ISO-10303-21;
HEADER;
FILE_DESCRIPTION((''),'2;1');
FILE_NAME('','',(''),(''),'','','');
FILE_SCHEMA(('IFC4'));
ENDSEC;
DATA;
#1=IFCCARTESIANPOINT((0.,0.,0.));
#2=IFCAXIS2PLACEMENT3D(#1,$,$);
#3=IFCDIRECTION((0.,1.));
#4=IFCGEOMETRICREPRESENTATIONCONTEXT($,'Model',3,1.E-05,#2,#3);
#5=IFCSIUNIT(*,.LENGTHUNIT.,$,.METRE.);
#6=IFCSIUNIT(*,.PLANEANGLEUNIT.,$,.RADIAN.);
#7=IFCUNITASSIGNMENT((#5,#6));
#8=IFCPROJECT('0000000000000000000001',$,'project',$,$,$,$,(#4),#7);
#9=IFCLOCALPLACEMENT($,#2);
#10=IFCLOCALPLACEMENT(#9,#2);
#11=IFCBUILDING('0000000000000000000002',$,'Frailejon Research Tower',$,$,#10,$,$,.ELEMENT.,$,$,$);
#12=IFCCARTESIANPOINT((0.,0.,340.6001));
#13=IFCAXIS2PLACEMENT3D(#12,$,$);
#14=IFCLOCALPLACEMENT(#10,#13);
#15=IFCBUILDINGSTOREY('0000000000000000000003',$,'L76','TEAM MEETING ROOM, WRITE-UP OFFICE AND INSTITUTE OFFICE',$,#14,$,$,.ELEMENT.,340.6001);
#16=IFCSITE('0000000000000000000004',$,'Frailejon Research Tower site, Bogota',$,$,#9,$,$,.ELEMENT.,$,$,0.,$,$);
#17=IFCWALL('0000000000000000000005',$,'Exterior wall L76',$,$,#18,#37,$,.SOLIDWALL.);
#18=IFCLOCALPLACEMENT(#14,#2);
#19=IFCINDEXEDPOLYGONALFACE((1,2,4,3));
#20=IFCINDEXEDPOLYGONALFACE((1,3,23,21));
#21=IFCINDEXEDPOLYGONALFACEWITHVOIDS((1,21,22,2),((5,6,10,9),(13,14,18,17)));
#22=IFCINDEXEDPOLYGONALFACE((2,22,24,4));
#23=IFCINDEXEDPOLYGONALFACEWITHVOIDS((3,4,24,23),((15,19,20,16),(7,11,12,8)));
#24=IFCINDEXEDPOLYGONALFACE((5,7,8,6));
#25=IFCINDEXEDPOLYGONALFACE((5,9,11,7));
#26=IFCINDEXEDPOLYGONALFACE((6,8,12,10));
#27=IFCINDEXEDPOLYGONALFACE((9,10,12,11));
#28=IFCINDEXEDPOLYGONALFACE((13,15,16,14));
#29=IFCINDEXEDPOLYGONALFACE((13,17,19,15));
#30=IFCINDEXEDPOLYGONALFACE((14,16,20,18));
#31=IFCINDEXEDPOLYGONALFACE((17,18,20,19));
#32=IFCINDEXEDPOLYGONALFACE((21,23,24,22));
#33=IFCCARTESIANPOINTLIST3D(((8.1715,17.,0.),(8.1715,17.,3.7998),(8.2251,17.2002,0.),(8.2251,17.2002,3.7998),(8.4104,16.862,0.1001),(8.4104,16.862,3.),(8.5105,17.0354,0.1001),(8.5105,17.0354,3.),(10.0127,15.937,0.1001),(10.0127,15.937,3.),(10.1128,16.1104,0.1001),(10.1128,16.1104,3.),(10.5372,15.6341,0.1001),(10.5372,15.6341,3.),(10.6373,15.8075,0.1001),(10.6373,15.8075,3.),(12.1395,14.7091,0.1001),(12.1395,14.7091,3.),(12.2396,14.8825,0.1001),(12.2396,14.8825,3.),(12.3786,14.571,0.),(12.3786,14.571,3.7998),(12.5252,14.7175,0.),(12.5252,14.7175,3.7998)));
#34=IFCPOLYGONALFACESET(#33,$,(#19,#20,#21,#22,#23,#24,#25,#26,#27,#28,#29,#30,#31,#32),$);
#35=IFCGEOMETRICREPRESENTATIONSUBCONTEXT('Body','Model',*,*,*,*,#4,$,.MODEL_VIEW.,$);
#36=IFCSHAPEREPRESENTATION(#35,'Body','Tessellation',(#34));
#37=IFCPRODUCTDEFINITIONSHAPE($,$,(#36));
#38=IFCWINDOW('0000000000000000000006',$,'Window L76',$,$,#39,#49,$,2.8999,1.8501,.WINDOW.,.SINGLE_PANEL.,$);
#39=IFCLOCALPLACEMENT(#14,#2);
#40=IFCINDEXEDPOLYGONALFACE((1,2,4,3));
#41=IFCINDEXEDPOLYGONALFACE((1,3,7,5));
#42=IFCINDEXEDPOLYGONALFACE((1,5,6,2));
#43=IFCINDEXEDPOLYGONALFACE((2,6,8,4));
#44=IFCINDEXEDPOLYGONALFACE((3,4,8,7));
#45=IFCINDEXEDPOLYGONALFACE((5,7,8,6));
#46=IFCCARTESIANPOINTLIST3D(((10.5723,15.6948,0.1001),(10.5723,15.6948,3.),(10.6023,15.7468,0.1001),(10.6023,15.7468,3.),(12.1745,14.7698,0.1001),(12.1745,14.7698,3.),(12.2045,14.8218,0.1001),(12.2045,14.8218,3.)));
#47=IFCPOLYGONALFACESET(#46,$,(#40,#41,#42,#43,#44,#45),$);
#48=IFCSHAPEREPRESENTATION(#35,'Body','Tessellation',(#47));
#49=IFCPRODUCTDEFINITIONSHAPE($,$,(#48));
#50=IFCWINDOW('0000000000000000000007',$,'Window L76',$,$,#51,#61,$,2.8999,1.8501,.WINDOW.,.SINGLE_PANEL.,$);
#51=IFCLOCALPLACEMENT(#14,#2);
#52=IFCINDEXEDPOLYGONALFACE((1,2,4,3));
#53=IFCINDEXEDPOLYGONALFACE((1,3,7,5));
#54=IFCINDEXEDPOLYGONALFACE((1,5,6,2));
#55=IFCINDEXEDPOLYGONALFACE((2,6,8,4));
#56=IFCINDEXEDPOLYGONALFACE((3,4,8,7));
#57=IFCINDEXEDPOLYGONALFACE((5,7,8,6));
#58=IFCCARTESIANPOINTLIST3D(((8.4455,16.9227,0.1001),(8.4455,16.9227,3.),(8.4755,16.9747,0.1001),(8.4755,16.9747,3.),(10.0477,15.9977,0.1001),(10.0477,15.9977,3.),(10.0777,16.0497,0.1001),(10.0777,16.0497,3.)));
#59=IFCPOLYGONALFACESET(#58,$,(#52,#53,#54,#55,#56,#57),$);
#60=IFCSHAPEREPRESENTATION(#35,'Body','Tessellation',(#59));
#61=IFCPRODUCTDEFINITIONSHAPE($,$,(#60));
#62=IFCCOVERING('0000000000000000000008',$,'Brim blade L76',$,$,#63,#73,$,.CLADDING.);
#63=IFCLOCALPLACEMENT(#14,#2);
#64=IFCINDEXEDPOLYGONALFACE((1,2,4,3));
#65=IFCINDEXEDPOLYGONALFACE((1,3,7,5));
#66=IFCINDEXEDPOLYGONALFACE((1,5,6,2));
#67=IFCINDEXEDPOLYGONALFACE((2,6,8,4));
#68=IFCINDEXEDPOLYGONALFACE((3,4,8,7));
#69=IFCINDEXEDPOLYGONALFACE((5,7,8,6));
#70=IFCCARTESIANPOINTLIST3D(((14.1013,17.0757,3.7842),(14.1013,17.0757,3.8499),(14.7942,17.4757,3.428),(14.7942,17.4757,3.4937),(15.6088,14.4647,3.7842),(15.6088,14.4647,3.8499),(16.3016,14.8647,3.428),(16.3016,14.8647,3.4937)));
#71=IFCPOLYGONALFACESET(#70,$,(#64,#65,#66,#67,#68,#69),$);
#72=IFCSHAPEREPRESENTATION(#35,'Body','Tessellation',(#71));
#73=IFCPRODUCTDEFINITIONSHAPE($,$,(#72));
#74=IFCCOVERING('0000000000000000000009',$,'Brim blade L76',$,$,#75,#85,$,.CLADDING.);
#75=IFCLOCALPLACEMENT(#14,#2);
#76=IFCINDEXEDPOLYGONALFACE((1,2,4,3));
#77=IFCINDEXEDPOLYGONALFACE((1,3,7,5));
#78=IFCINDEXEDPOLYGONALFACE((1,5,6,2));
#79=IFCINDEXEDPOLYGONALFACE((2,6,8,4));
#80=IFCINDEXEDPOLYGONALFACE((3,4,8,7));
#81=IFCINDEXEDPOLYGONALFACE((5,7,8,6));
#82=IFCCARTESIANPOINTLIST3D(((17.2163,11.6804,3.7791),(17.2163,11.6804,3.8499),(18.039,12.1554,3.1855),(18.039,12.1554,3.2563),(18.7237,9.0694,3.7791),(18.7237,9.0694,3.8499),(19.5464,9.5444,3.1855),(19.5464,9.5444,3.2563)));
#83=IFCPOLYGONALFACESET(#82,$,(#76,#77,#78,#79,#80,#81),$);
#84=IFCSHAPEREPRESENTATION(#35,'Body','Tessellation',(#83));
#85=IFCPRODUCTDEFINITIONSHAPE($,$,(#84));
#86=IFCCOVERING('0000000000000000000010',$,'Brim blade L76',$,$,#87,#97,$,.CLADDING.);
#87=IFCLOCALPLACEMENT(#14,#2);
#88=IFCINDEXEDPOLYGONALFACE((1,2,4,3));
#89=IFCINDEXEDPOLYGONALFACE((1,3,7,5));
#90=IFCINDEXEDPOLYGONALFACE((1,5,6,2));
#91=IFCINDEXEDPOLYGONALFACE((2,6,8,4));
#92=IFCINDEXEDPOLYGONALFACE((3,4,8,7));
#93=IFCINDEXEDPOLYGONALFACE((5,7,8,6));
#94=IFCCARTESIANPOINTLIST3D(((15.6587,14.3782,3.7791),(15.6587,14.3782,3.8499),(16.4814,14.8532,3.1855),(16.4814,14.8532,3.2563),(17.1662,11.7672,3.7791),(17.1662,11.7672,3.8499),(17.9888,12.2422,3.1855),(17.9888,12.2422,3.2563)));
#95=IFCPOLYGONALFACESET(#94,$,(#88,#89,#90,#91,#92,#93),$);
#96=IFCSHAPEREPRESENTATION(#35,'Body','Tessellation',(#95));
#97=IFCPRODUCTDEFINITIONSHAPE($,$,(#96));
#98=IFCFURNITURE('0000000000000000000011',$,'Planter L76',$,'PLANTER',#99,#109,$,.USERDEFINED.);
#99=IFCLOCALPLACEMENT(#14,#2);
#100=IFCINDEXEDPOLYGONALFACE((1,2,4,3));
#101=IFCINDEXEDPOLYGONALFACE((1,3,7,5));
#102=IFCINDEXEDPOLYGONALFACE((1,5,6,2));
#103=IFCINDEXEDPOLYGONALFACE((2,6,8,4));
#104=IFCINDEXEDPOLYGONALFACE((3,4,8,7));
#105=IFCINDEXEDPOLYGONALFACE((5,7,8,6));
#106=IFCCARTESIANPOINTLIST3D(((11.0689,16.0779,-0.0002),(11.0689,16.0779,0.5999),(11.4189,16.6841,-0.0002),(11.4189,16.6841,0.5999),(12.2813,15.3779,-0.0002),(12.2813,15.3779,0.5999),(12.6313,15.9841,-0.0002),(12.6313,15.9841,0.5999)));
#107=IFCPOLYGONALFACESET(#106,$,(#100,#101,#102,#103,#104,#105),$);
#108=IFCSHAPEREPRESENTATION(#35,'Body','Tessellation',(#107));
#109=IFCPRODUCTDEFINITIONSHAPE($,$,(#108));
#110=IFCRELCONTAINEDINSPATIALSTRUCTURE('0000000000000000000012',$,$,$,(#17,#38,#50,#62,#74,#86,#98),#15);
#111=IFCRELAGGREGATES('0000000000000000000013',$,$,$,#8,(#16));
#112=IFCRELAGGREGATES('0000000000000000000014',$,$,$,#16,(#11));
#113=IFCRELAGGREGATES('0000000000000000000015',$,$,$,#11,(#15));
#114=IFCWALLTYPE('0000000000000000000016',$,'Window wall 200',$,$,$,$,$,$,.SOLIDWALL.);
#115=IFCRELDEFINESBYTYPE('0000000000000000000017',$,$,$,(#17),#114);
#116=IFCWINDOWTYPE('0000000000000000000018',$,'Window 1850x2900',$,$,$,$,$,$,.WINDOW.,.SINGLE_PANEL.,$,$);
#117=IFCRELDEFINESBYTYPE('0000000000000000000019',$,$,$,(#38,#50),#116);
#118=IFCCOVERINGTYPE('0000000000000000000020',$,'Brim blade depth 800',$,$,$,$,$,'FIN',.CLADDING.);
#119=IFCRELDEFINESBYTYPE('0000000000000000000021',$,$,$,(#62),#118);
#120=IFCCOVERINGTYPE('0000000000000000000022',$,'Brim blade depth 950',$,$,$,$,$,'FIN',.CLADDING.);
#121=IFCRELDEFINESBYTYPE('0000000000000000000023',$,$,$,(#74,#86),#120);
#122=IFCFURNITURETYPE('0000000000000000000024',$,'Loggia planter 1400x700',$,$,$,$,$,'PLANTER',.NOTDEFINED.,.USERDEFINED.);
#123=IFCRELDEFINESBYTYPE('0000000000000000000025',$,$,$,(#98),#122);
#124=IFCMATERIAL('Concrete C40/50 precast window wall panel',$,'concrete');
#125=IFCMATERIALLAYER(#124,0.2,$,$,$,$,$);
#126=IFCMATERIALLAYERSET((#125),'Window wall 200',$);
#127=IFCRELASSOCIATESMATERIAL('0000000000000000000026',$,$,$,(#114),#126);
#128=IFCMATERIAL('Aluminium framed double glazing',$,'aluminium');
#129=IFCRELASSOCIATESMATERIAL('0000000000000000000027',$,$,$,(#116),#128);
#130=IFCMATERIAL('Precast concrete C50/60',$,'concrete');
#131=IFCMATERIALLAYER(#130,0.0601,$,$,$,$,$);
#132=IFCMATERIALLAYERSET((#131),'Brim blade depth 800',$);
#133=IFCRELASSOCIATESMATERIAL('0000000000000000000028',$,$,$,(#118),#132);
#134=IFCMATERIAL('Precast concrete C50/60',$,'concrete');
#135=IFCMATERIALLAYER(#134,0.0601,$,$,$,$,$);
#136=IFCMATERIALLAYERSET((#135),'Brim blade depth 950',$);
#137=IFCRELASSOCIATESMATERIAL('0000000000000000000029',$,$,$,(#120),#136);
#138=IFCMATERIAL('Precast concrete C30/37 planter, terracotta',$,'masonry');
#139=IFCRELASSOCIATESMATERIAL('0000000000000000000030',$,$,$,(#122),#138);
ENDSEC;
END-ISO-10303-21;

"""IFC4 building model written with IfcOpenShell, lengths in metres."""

from ifc_helpers import new_model, si_unit, direction, frame, frame_2d, origin, origin_2d, place, context, subcontext, project, spatial, polyline, rectangle, outline, extrude, material, layer, layer_set, type_object, element, fill, save


model = new_model("IFC4")

# Units and contexts
model_context = context("Model", 3, precision=1e-05, world=origin(), true_north=direction((0.0, 1.0)))
body_context = subcontext(model_context, "Body", "Model", "MODEL_VIEW")
ifc_project = project(units=[si_unit("LENGTHUNIT", "METRE"), si_unit("PLANEANGLEUNIT", "RADIAN")], contexts=[model_context])

# Site, building, storey
site_placement = place(None, origin())
site = spatial("IfcSite", under=ifc_project, at=site_placement, Name="Frailejon Research Tower site, Bogota", CompositionType="ELEMENT", RefElevation=0.0)
building_placement = place(site_placement, origin())
building = spatial("IfcBuilding", under=site, at=building_placement, Name="Frailejon Research Tower", CompositionType="ELEMENT")
storey_placement = place(building_placement, frame((0.0, 0.0, 340.6001)))
storey = spatial("IfcBuildingStorey", under=building, at=storey_placement, Name="L76", Description="TEAM MEETING ROOM, WRITE-UP OFFICE AND INSTITUTE OFFICE", CompositionType="ELEMENT", Elevation=340.6001)

# Wall, openings, windows
ifc_material_1 = material(Name="Concrete C40/50 precast window wall panel", Category="concrete")
ifc_layer_1 = layer(ifc_material_1, 0.2)
ifc_layer_set_1 = layer_set([ifc_layer_1], Name="Window wall 200")
wall_type = type_object("IfcWallType", Name="Window wall 200", PredefinedType="SOLIDWALL", material=ifc_layer_set_1)
wall_placement = place(storey_placement, frame((12.4519, 14.6443, 0.0), z_axis=(0.0, 0.0, 1.0), x_axis=(-0.866029, 0.499994, 0.0)))
wall = element("IfcWall", 1, at=wall_placement, inside=storey, type_object=wall_type, Name="Exterior wall L76", PredefinedType="SOLIDWALL", context=body_context, shape_type="SweptSolid", body=[
    extrude(outline(polyline([(-0.0269, -0.1001), (1.2144, -0.1001), (2.4558, -0.1001), (3.6973, -0.1001), (4.9385, -0.1001), (4.8848, 0.1001), (3.6704, 0.1001), (2.4558, 0.1001), (1.2412, 0.1001), (0.0269, 0.1001), (-0.0269, -0.1001)])), origin(), (0.0, 0.0, 1.0), 3.7998),
])
opening_1_placement = place(wall_placement, frame((0.303, 0.0, 0.1001)))
opening_1 = element("IfcOpeningElement", 2, at=opening_1_placement, cuts=wall, PredefinedType="OPENING", context=body_context, shape_type="SweptSolid", body=[
    extrude(rectangle(XDim=1.8501, YDim=2.8999, at=frame_2d((0.925, 1.45))), frame((0.0, 0.1099, 0.0), z_axis=(0.0, -1.0, 0.0), x_axis=(1.0, 0.0, 0.0)), (0.0, 0.0, 1.0), 0.22),
])
opening_2_placement = place(wall_placement, frame((2.7588, 0.0, 0.1001)))
opening_2 = element("IfcOpeningElement", 3, at=opening_2_placement, cuts=wall, PredefinedType="OPENING", context=body_context, shape_type="SweptSolid", body=[
    extrude(rectangle(XDim=1.8501, YDim=2.8999, at=frame_2d((0.925, 1.45))), frame((0.0, 0.1099, 0.0), z_axis=(0.0, -1.0, 0.0), x_axis=(1.0, 0.0, 0.0)), (0.0, 0.0, 1.0), 0.22),
])
ifc_material_2 = material(Name="Aluminium framed double glazing", Category="aluminium")
window_type = type_object("IfcWindowType", Name="Window 1850x2900", PartitioningType="SINGLE_PANEL", PredefinedType="WINDOW", material=ifc_material_2)
window_1_placement = place(opening_1_placement, origin())
window_1 = element("IfcWindow", 4, at=window_1_placement, inside=storey, type_object=window_type, Name="Window L76", OverallHeight=2.8999, OverallWidth=1.8501, PartitioningType="SINGLE_PANEL", PredefinedType="WINDOW", context=body_context, shape_type="SweptSolid", body=[
    extrude(rectangle(XDim=1.8501, YDim=2.8999, at=frame_2d((0.925, 1.45))), frame((0.0, 0.03, 0.0), z_axis=(0.0, -1.0, 0.0), x_axis=(1.0, 0.0, 0.0)), (0.0, 0.0, 1.0), 0.0601),
])
fill(opening_1, window_1)
window_2_placement = place(opening_2_placement, origin())
window_2 = element("IfcWindow", 5, at=window_2_placement, inside=storey, type_object=window_type, Name="Window L76", OverallHeight=2.8999, OverallWidth=1.8501, PartitioningType="SINGLE_PANEL", PredefinedType="WINDOW", context=body_context, shape_type="SweptSolid", body=[
    extrude(rectangle(XDim=1.8501, YDim=2.8999, at=frame_2d((0.925, 1.45))), frame((0.0, 0.03, 0.0), z_axis=(0.0, -1.0, 0.0), x_axis=(1.0, 0.0, 0.0)), (0.0, 0.0, 1.0), 0.0601),
])
fill(opening_2, window_2)

# Coverings
ifc_material_3 = material(Name="Precast concrete C50/60", Category="concrete")
ifc_layer_2 = layer(ifc_material_3, 0.0601)
ifc_layer_set_2 = layer_set([ifc_layer_2], Name="Brim blade depth 800")
covering_type_1 = type_object("IfcCoveringType", Name="Brim blade depth 800", ElementType="FIN", PredefinedType="CLADDING", material=ifc_layer_set_2)
covering_placement = place(storey_placement, frame((14.1013, 17.0757, 3.8499), z_axis=(0.499999, -0.866026, 0.0), x_axis=(0.866026, 0.499999, 0.0)))
element("IfcCovering", 6, at=covering_placement, inside=storey, type_object=covering_type_1, Name="Brim blade L76", PredefinedType="CLADDING", context=body_context, shape_type="SweptSolid", body=[
    extrude(outline(polyline([(0.0, -0.0657), (0.8, -0.4219), (0.8, -0.3562), (0.0, 0.0), (0.0, -0.0657)])), origin(), (0.0, 0.0, 1.0), 3.0149),
])
ifc_material_4 = material(Name="Precast concrete C50/60", Category="concrete")
ifc_layer_3 = layer(ifc_material_4, 0.0601)
ifc_layer_set_3 = layer_set([ifc_layer_3], Name="Brim blade depth 950")
covering_type_2 = type_object("IfcCoveringType", Name="Brim blade depth 950", ElementType="FIN", PredefinedType="CLADDING", material=ifc_layer_set_3)
for number, where, z_axis, x_axis, name in (
    (7, (17.2163, 11.6804, 3.8499), (0.499986, -0.866034, 0.0), (0.866034, 0.499986, 0.0), "Brim blade L76"),
    (8, (15.6587, 14.3782, 3.8499), (0.50001, -0.86602, 0.0), (0.86602, 0.50001, 0.0), "Brim blade L76"),
):
    element("IfcCovering", number, at=place(storey_placement, frame(where, z_axis=z_axis, x_axis=x_axis)), inside=storey, type_object=covering_type_2, Name=name, PredefinedType="CLADDING", context=body_context, shape_type="SweptSolid", body=[
        extrude(outline(polyline([(0.0, -0.0708), (0.95, -0.6643), (0.95, -0.5935), (0.0, 0.0), (0.0, -0.0708)])), origin(), (0.0, 0.0, 1.0), 3.0149),
    ])

# Furniture
ifc_material_5 = material(Name="Precast concrete C30/37 planter, terracotta", Category="masonry")
furniture_type = type_object("IfcFurnitureType", Name="Loggia planter 1400x700", ElementType="PLANTER", AssemblyPlace="NOTDEFINED", PredefinedType="USERDEFINED", material=ifc_material_5)
furniture_placement = place(storey_placement, frame((11.8501, 16.031, -0.0002), z_axis=(0.0, 0.0, 1.0), x_axis=(-0.866025, 0.5, 0.0)))
element("IfcFurniture", 9, at=furniture_placement, inside=storey, type_object=furniture_type, Name="Planter L76", ObjectType="PLANTER", PredefinedType="USERDEFINED", context=body_context, shape_type="SweptSolid", body=[
    extrude(rectangle(XDim=1.3999, YDim=0.7, at=origin_2d()), origin(), (0.0, 0.0, 1.0), 0.6001),
])

save(model, "model.ifc")
